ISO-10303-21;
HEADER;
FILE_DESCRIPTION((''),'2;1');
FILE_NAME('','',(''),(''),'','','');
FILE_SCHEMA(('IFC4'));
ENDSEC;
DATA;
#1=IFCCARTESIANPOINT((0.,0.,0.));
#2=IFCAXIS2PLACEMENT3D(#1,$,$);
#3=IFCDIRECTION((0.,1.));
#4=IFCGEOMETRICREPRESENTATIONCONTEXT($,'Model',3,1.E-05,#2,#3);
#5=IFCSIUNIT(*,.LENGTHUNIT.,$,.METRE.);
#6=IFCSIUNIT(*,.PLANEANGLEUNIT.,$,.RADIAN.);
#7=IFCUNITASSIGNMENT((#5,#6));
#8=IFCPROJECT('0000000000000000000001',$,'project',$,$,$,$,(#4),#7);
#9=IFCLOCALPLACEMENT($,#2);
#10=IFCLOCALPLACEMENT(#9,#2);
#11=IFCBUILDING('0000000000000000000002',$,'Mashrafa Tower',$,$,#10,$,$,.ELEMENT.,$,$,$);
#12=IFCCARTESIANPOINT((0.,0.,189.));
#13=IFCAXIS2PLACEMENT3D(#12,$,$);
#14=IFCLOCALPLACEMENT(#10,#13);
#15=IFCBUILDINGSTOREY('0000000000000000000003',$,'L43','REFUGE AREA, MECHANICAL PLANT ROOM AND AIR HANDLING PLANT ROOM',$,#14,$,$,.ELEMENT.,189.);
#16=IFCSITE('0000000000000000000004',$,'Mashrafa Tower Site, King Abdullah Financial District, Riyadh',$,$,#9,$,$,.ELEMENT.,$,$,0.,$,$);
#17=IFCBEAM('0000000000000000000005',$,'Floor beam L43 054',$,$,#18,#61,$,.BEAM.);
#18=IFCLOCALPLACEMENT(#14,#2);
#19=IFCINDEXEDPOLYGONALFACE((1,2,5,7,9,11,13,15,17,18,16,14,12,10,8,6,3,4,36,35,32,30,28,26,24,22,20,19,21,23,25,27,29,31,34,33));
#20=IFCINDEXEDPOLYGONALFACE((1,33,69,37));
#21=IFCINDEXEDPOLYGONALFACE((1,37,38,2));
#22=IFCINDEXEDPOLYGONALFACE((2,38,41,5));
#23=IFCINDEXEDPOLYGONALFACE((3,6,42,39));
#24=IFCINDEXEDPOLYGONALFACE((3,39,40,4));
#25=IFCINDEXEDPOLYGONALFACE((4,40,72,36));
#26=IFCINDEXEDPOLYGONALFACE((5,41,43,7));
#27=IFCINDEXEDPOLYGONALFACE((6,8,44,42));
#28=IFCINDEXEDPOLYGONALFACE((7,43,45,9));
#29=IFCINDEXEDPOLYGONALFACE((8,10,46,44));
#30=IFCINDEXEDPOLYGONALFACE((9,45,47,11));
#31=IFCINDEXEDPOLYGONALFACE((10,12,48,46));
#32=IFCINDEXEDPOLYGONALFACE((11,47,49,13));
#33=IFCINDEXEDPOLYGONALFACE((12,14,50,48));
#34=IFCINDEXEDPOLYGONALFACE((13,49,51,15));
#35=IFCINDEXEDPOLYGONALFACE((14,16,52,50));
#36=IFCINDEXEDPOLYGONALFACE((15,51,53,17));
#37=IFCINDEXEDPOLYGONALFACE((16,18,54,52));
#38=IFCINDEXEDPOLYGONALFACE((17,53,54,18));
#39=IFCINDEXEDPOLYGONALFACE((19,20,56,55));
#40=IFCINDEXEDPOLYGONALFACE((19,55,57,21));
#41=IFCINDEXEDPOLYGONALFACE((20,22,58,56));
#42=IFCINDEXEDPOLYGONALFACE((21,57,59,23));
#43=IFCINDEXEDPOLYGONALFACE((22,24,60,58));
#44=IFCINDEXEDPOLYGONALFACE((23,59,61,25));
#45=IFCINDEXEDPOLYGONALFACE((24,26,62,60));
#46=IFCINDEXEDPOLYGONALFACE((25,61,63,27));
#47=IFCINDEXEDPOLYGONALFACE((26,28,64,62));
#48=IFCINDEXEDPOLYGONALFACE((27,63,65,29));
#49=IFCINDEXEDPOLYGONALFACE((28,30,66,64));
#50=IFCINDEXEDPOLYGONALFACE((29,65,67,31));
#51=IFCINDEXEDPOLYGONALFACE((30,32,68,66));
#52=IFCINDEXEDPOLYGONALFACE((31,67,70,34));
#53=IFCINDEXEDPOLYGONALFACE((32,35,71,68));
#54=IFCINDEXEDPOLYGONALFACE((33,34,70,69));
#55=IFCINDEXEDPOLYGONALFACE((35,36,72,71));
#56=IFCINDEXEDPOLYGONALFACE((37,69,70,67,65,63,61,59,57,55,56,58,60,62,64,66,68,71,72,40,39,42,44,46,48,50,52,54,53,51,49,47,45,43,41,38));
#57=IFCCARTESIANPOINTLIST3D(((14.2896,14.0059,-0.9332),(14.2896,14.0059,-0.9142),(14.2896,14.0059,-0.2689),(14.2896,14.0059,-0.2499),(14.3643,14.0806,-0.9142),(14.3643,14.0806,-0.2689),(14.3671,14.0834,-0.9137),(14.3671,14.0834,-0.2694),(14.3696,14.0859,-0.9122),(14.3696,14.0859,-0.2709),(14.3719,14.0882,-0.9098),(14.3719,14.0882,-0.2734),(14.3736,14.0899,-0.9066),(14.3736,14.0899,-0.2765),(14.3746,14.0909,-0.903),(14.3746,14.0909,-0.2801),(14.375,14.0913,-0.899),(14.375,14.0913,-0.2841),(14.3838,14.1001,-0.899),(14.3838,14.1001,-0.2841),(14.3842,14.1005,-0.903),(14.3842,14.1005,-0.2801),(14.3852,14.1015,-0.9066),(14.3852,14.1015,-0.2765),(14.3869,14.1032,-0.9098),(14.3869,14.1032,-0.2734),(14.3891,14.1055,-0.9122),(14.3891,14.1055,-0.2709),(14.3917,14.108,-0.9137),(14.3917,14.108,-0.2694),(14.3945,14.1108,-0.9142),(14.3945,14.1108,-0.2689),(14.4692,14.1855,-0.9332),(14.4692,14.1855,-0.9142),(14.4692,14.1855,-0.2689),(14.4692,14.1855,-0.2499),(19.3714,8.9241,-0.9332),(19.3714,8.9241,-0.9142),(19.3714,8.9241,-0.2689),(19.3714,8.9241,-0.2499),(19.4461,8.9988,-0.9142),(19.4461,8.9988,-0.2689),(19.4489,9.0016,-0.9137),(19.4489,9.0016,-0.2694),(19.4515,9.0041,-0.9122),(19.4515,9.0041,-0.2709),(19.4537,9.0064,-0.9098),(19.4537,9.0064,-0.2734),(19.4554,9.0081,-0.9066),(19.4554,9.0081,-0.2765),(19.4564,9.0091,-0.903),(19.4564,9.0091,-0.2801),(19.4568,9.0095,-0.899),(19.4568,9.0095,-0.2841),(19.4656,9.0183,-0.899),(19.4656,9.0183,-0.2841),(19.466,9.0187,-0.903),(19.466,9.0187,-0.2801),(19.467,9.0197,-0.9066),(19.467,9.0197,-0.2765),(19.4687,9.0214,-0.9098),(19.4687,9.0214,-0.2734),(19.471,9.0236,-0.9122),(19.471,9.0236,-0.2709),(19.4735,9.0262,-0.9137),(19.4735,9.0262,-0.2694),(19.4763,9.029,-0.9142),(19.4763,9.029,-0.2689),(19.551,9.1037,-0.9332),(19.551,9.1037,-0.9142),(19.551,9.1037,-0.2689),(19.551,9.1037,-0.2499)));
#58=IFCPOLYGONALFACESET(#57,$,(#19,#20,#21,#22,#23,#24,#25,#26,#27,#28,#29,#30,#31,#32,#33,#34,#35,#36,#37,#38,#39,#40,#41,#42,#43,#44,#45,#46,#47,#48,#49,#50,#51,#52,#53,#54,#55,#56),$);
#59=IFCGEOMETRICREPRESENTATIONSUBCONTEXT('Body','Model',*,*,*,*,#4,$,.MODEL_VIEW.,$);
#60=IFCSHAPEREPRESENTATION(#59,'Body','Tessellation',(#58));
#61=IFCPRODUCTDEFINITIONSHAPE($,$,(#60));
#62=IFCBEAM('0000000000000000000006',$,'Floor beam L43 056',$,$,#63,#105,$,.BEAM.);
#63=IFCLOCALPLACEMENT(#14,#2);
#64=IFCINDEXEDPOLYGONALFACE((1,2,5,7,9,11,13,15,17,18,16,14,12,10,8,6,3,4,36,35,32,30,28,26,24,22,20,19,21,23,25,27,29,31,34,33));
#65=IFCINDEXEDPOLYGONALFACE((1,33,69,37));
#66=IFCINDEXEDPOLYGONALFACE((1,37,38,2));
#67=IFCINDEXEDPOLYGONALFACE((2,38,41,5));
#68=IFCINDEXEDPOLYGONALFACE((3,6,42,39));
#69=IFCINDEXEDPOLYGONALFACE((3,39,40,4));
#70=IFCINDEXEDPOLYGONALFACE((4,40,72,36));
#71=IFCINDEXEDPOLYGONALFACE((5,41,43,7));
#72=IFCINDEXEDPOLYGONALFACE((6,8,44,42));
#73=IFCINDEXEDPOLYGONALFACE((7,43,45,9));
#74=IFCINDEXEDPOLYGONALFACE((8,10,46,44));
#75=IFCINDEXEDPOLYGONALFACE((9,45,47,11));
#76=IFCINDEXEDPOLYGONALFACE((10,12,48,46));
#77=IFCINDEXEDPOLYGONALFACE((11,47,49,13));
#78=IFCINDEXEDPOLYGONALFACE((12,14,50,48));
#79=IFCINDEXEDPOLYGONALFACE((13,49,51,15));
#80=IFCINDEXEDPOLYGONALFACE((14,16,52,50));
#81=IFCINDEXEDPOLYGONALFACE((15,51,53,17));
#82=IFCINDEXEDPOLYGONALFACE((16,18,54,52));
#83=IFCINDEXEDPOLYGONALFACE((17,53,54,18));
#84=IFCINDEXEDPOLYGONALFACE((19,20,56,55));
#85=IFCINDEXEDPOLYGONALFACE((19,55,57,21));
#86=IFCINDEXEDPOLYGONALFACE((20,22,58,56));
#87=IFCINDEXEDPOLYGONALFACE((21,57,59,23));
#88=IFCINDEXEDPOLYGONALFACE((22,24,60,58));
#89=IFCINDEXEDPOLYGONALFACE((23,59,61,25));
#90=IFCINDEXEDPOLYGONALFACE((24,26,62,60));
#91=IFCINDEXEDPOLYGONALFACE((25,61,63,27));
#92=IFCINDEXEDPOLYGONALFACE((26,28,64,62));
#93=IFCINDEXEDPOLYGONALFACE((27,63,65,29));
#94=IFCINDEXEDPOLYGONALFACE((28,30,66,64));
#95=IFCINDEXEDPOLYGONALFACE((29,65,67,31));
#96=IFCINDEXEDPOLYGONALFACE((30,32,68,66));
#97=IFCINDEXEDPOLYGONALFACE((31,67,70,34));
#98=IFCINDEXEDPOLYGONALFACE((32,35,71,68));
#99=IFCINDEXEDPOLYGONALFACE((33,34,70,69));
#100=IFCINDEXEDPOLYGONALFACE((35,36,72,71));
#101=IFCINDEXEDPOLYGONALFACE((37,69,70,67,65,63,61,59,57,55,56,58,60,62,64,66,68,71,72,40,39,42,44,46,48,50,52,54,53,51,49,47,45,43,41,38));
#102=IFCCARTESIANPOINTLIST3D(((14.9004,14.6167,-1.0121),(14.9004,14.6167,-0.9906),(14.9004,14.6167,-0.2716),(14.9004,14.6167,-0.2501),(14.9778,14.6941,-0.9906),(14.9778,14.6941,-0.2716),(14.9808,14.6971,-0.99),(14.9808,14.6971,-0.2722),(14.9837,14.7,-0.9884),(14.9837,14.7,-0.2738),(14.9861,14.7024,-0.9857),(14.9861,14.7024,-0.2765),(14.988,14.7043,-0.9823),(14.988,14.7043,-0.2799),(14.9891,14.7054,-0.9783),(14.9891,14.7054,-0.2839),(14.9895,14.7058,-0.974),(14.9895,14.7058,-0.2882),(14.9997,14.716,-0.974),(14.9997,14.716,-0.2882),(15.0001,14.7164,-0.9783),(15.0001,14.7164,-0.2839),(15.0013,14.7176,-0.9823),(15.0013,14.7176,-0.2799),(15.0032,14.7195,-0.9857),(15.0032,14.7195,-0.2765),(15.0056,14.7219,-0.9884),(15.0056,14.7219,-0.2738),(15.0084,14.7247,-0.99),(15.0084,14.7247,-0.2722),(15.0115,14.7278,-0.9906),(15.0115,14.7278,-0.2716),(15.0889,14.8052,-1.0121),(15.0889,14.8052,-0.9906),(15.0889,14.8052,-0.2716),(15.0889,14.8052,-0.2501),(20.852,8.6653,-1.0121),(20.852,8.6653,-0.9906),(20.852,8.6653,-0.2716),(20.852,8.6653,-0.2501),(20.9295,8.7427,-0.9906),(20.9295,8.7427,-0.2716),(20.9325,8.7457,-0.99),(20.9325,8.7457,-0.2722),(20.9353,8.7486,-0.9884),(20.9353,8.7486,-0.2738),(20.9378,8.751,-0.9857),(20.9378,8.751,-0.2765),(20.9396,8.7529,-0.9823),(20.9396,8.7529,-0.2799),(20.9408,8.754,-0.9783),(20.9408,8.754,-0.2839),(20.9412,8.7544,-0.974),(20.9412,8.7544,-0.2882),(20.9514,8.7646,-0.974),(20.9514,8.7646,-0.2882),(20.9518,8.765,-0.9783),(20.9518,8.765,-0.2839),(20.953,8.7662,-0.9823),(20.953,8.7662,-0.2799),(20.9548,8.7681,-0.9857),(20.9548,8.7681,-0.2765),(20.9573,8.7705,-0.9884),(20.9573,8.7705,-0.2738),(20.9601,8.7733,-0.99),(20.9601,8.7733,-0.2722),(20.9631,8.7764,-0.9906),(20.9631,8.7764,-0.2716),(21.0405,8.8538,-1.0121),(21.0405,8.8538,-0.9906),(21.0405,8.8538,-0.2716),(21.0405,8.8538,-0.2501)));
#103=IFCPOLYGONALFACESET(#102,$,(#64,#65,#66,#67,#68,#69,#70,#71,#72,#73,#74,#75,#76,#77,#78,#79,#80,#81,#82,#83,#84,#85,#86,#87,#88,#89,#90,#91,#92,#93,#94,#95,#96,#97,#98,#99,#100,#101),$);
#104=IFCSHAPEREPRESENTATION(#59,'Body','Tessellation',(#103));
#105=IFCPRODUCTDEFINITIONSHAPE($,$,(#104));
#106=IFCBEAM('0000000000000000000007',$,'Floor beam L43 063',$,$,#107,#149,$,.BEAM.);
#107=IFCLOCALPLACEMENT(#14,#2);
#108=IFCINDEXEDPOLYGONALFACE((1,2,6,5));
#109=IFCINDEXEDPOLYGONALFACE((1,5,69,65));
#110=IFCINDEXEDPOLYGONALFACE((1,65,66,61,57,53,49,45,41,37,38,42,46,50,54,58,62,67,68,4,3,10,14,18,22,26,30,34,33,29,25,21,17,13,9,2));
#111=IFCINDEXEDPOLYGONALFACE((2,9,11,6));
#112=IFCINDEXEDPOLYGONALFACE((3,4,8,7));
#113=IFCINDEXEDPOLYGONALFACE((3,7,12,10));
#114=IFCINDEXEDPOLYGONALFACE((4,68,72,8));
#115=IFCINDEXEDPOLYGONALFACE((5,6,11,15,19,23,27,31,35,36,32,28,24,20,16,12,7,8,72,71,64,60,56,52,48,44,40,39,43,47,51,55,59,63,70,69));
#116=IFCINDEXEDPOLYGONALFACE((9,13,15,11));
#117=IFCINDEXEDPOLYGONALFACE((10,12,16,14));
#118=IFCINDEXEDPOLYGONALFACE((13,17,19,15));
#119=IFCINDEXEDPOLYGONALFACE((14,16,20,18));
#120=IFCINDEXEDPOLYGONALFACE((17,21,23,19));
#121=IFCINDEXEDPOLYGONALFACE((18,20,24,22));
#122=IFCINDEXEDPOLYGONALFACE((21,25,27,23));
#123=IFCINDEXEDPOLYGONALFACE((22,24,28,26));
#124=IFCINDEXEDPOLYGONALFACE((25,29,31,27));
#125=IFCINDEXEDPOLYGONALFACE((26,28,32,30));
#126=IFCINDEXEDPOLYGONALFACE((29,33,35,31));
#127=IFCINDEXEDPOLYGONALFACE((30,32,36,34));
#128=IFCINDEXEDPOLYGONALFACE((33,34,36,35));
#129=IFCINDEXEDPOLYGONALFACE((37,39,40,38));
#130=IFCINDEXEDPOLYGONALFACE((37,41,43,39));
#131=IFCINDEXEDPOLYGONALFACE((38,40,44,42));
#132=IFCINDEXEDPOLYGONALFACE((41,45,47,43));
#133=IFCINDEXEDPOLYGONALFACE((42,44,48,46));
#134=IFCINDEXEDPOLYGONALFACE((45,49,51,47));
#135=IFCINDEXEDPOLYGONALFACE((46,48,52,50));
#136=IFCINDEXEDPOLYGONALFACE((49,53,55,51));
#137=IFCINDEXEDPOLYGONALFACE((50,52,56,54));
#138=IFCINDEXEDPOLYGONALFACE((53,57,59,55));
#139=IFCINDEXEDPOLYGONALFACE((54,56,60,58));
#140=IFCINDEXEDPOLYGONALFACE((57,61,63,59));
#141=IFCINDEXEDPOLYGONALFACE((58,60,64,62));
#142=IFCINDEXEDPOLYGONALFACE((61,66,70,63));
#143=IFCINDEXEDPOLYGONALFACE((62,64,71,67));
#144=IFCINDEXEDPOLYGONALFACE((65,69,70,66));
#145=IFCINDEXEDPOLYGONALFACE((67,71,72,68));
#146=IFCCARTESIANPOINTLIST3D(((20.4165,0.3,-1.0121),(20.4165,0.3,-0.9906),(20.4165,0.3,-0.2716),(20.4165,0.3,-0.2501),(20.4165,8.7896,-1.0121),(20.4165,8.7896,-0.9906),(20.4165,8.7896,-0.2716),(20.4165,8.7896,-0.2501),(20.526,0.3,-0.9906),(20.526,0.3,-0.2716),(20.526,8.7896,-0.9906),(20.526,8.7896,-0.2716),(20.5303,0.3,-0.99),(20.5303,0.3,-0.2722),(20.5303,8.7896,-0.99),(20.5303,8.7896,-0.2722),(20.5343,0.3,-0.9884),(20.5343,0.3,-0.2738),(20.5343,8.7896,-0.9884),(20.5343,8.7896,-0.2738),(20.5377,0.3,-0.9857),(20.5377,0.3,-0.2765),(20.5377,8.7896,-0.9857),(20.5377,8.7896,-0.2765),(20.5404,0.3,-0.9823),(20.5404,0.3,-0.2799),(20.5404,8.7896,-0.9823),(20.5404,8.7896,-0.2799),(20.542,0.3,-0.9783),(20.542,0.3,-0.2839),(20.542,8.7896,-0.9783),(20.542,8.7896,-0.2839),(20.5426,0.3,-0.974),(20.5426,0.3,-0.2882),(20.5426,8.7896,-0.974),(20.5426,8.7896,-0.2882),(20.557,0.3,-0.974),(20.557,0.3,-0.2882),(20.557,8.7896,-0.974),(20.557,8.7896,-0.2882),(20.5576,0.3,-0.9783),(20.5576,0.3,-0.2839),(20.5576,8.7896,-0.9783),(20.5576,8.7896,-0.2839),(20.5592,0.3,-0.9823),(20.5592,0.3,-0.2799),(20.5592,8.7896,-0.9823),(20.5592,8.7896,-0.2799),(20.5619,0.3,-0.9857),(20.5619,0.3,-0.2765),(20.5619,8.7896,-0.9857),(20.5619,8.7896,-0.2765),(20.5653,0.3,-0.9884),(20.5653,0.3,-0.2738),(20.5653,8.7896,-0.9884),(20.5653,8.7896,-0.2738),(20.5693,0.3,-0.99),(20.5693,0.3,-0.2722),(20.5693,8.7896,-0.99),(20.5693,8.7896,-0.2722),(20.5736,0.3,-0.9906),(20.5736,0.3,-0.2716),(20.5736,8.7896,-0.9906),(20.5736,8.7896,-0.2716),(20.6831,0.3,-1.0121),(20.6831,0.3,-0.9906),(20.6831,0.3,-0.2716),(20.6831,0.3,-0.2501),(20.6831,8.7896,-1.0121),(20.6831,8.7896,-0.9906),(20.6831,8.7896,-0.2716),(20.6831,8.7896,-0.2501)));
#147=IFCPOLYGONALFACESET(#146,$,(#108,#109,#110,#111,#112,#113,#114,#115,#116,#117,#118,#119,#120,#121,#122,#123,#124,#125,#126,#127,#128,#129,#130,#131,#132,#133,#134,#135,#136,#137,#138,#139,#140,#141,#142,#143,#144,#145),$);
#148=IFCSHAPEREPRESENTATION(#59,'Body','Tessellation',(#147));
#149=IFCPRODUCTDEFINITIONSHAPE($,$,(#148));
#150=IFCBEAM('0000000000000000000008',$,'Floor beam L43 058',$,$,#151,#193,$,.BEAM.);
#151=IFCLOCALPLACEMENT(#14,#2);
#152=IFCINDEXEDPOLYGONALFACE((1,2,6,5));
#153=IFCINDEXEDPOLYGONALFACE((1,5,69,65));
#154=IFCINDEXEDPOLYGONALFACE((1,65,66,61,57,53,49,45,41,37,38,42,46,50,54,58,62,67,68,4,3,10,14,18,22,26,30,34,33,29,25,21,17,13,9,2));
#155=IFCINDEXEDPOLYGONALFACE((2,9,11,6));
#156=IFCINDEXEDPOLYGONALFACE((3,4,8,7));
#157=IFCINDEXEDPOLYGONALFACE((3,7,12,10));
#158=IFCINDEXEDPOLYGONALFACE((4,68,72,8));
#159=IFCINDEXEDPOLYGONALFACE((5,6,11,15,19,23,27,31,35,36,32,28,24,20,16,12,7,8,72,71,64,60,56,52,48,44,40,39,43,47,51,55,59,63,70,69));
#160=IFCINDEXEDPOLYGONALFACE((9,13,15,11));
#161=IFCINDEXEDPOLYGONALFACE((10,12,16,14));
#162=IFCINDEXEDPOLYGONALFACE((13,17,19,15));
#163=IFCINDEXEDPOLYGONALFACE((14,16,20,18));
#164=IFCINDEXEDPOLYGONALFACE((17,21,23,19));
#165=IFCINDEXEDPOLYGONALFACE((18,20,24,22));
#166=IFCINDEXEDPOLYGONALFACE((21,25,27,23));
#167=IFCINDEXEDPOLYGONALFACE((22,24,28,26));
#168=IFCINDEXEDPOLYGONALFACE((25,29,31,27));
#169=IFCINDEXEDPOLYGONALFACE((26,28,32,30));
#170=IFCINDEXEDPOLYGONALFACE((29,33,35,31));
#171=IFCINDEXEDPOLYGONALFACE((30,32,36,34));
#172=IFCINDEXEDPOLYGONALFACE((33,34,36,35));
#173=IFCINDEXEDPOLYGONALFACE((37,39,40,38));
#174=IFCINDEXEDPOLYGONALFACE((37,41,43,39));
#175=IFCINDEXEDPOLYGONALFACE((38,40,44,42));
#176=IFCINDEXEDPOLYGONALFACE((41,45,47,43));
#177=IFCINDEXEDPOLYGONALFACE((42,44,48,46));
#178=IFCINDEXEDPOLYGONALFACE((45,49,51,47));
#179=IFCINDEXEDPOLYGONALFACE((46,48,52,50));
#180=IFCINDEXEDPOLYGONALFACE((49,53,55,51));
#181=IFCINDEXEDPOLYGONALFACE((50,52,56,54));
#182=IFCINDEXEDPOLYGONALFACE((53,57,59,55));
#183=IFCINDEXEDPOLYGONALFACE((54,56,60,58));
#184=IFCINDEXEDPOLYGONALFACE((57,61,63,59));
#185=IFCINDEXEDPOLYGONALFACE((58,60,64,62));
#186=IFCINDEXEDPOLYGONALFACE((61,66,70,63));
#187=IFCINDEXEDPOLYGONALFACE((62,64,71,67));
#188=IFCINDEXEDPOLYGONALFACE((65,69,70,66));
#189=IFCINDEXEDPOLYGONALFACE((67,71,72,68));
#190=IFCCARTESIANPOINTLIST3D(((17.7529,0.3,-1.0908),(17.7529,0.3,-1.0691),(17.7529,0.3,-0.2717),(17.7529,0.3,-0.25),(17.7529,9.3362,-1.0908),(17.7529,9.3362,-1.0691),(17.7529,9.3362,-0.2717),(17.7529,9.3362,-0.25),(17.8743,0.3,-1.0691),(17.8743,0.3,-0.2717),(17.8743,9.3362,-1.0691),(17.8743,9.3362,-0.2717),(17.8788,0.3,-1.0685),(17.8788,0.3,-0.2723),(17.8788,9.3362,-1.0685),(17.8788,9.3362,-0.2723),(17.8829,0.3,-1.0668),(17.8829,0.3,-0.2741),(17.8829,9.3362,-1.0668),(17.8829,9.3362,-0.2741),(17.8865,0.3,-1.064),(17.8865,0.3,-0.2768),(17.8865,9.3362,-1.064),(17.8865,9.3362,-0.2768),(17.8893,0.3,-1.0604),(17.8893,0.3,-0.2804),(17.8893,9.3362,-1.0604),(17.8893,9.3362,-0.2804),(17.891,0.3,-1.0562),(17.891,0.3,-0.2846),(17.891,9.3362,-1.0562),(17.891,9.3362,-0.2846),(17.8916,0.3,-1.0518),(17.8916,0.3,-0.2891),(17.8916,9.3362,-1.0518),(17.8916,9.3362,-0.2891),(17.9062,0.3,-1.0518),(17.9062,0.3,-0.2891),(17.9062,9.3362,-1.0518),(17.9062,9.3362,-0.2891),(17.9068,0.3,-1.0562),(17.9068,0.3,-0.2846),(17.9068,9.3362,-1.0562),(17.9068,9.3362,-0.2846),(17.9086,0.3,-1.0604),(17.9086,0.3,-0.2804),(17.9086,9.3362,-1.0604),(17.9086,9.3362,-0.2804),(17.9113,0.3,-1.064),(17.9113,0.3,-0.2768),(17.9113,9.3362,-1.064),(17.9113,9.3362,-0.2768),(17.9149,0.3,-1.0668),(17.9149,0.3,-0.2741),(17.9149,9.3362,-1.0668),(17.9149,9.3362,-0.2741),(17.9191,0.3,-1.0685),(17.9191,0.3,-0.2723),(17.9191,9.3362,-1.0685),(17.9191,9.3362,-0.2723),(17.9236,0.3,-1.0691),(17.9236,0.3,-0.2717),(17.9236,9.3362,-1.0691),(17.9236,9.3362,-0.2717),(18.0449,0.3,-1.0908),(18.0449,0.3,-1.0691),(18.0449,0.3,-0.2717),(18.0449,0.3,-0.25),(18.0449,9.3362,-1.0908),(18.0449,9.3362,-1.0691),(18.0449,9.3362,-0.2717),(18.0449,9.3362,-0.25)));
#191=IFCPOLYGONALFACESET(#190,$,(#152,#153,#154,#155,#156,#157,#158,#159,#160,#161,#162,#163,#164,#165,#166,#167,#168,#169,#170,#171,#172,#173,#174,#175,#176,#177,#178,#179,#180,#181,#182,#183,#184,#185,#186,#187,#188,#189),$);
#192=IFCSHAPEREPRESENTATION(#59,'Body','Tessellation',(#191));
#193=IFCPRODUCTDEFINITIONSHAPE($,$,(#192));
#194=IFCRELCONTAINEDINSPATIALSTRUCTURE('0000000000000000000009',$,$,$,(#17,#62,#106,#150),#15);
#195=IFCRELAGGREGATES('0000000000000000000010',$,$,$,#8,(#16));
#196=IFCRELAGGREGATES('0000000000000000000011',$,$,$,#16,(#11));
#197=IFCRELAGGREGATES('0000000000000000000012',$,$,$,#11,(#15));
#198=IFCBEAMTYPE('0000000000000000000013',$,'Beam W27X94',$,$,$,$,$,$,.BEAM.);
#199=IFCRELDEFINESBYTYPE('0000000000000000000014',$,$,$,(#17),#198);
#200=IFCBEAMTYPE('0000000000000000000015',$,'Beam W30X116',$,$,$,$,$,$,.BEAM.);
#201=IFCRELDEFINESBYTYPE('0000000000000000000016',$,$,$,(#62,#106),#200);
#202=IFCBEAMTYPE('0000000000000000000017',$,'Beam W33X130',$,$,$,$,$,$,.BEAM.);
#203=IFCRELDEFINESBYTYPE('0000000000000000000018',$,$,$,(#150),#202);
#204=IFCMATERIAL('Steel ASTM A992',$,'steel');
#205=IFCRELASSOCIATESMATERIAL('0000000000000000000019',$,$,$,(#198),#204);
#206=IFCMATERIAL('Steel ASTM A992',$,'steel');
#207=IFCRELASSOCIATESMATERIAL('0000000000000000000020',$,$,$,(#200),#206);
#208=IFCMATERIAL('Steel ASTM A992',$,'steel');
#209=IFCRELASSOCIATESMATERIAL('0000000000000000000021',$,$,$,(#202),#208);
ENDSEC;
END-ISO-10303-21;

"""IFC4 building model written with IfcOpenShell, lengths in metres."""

from ifc_helpers import new_model, si_unit, direction, frame, origin, origin_2d, place, context, subcontext, project, spatial, i_section, extrude, material, material_profile, profile_set, type_object, element, save


model = new_model("IFC4")

# Units and contexts
model_context = context("Model", 3, precision=1e-05, world=origin(), true_north=direction((0.0, 1.0)))
body_context = subcontext(model_context, "Body", "Model", "MODEL_VIEW")
ifc_project = project(units=[si_unit("LENGTHUNIT", "METRE"), si_unit("PLANEANGLEUNIT", "RADIAN")], contexts=[model_context])

# Site, building, storey
site_placement = place(None, origin())
site = spatial("IfcSite", under=ifc_project, at=site_placement, Name="Mashrafa Tower Site, King Abdullah Financial District, Riyadh", CompositionType="ELEMENT", RefElevation=0.0)
building_placement = place(site_placement, origin())
building = spatial("IfcBuilding", under=site, at=building_placement, Name="Mashrafa Tower", CompositionType="ELEMENT")
storey_placement = place(building_placement, frame((0.0, 0.0, 189.0)))
storey = spatial("IfcBuildingStorey", under=building, at=storey_placement, Name="L43", Description="REFUGE AREA, MECHANICAL PLANT ROOM AND AIR HANDLING PLANT ROOM", CompositionType="ELEMENT", Elevation=189.0)

# Beams
ifc_material_1 = material(Name="Steel ASTM A992", Category="steel")
ifc_material_profile_1 = material_profile(ifc_material_1, i_section(OverallWidth=0.2539, OverallDepth=0.6833, WebThickness=0.0125, FlangeThickness=0.019, FilletRadius=0.0151, at=origin_2d()), Name="W27X94")
ifc_profile_set_1 = profile_set([ifc_material_profile_1], Name="Steel ASTM A992")
beam_type_1 = type_object("IfcBeamType", Name="Beam W27X94", PredefinedType="BEAM", material=ifc_profile_set_1)
beam_1_placement = place(storey_placement, frame((14.3794, 14.0957, -0.5916), z_axis=(0.707107, -0.707107, 0.0), x_axis=(0.707107, 0.707107, 0.0)))
element("IfcBeam", 1, at=beam_1_placement, inside=storey, type_object=beam_type_1, Name="Floor beam L43 054", PredefinedType="BEAM", context=body_context, shape_type="SweptSolid", body=[
    extrude(i_section(OverallWidth=0.2539, OverallDepth=0.6833, WebThickness=0.0125, FlangeThickness=0.019, FilletRadius=0.0151, at=origin_2d()), origin(), (0.0, 0.0, 1.0), 7.1868),
])
ifc_material_2 = material(Name="Steel ASTM A992", Category="steel")
ifc_material_profile_2 = material_profile(ifc_material_2, i_section(OverallWidth=0.2666, OverallDepth=0.762, WebThickness=0.0144, FlangeThickness=0.0215, FilletRadius=0.0166, at=origin_2d()), Name="W30X116")
ifc_profile_set_2 = profile_set([ifc_material_profile_2], Name="Steel ASTM A992")
beam_type_2 = type_object("IfcBeamType", Name="Beam W30X116", PredefinedType="BEAM", material=ifc_profile_set_2)
beam_2_placement = place(storey_placement, frame((14.9946, 14.7109, -0.6311), z_axis=(0.707121, -0.707092, 0.0), x_axis=(0.707092, 0.707121, 0.0)))
element("IfcBeam", 2, at=beam_2_placement, inside=storey, type_object=beam_type_2, Name="Floor beam L43 056", PredefinedType="BEAM", context=body_context, shape_type="SweptSolid", body=[
    extrude(i_section(OverallWidth=0.2666, OverallDepth=0.762, WebThickness=0.0144, FlangeThickness=0.0215, FilletRadius=0.0166, at=origin_2d()), origin(), (0.0, 0.0, 1.0), 8.4167),
])
beam_3_placement = place(storey_placement, frame((20.5498, 8.7896, -0.6311), z_axis=(0.0, -1.0, 0.0), x_axis=(1.0, 0.0, 0.0)))
element("IfcBeam", 3, at=beam_3_placement, inside=storey, type_object=beam_type_2, Name="Floor beam L43 063", PredefinedType="BEAM", context=body_context, shape_type="SweptSolid", body=[
    extrude(i_section(OverallWidth=0.2666, OverallDepth=0.762, WebThickness=0.0144, FlangeThickness=0.0215, FilletRadius=0.0166, at=origin_2d()), origin(), (0.0, 0.0, 1.0), 8.4895),
])
ifc_material_3 = material(Name="Steel ASTM A992", Category="steel")
ifc_material_profile_3 = material_profile(ifc_material_3, i_section(OverallWidth=0.292, OverallDepth=0.8408, WebThickness=0.0146, FlangeThickness=0.0217, FilletRadius=0.0173, at=origin_2d()), Name="W33X130")
ifc_profile_set_3 = profile_set([ifc_material_profile_3], Name="Steel ASTM A992")
beam_type_3 = type_object("IfcBeamType", Name="Beam W33X130", PredefinedType="BEAM", material=ifc_profile_set_3)
beam_4_placement = place(storey_placement, frame((17.8989, 9.3362, -0.6704), z_axis=(0.0, -1.0, 0.0), x_axis=(1.0, 0.0, 0.0)))
element("IfcBeam", 4, at=beam_4_placement, inside=storey, type_object=beam_type_3, Name="Floor beam L43 058", PredefinedType="BEAM", context=body_context, shape_type="SweptSolid", body=[
    extrude(i_section(OverallWidth=0.292, OverallDepth=0.8408, WebThickness=0.0146, FlangeThickness=0.0217, FilletRadius=0.0173, at=origin_2d()), origin(), (0.0, 0.0, 1.0), 9.0361),
])

save(model, "model.ifc")
